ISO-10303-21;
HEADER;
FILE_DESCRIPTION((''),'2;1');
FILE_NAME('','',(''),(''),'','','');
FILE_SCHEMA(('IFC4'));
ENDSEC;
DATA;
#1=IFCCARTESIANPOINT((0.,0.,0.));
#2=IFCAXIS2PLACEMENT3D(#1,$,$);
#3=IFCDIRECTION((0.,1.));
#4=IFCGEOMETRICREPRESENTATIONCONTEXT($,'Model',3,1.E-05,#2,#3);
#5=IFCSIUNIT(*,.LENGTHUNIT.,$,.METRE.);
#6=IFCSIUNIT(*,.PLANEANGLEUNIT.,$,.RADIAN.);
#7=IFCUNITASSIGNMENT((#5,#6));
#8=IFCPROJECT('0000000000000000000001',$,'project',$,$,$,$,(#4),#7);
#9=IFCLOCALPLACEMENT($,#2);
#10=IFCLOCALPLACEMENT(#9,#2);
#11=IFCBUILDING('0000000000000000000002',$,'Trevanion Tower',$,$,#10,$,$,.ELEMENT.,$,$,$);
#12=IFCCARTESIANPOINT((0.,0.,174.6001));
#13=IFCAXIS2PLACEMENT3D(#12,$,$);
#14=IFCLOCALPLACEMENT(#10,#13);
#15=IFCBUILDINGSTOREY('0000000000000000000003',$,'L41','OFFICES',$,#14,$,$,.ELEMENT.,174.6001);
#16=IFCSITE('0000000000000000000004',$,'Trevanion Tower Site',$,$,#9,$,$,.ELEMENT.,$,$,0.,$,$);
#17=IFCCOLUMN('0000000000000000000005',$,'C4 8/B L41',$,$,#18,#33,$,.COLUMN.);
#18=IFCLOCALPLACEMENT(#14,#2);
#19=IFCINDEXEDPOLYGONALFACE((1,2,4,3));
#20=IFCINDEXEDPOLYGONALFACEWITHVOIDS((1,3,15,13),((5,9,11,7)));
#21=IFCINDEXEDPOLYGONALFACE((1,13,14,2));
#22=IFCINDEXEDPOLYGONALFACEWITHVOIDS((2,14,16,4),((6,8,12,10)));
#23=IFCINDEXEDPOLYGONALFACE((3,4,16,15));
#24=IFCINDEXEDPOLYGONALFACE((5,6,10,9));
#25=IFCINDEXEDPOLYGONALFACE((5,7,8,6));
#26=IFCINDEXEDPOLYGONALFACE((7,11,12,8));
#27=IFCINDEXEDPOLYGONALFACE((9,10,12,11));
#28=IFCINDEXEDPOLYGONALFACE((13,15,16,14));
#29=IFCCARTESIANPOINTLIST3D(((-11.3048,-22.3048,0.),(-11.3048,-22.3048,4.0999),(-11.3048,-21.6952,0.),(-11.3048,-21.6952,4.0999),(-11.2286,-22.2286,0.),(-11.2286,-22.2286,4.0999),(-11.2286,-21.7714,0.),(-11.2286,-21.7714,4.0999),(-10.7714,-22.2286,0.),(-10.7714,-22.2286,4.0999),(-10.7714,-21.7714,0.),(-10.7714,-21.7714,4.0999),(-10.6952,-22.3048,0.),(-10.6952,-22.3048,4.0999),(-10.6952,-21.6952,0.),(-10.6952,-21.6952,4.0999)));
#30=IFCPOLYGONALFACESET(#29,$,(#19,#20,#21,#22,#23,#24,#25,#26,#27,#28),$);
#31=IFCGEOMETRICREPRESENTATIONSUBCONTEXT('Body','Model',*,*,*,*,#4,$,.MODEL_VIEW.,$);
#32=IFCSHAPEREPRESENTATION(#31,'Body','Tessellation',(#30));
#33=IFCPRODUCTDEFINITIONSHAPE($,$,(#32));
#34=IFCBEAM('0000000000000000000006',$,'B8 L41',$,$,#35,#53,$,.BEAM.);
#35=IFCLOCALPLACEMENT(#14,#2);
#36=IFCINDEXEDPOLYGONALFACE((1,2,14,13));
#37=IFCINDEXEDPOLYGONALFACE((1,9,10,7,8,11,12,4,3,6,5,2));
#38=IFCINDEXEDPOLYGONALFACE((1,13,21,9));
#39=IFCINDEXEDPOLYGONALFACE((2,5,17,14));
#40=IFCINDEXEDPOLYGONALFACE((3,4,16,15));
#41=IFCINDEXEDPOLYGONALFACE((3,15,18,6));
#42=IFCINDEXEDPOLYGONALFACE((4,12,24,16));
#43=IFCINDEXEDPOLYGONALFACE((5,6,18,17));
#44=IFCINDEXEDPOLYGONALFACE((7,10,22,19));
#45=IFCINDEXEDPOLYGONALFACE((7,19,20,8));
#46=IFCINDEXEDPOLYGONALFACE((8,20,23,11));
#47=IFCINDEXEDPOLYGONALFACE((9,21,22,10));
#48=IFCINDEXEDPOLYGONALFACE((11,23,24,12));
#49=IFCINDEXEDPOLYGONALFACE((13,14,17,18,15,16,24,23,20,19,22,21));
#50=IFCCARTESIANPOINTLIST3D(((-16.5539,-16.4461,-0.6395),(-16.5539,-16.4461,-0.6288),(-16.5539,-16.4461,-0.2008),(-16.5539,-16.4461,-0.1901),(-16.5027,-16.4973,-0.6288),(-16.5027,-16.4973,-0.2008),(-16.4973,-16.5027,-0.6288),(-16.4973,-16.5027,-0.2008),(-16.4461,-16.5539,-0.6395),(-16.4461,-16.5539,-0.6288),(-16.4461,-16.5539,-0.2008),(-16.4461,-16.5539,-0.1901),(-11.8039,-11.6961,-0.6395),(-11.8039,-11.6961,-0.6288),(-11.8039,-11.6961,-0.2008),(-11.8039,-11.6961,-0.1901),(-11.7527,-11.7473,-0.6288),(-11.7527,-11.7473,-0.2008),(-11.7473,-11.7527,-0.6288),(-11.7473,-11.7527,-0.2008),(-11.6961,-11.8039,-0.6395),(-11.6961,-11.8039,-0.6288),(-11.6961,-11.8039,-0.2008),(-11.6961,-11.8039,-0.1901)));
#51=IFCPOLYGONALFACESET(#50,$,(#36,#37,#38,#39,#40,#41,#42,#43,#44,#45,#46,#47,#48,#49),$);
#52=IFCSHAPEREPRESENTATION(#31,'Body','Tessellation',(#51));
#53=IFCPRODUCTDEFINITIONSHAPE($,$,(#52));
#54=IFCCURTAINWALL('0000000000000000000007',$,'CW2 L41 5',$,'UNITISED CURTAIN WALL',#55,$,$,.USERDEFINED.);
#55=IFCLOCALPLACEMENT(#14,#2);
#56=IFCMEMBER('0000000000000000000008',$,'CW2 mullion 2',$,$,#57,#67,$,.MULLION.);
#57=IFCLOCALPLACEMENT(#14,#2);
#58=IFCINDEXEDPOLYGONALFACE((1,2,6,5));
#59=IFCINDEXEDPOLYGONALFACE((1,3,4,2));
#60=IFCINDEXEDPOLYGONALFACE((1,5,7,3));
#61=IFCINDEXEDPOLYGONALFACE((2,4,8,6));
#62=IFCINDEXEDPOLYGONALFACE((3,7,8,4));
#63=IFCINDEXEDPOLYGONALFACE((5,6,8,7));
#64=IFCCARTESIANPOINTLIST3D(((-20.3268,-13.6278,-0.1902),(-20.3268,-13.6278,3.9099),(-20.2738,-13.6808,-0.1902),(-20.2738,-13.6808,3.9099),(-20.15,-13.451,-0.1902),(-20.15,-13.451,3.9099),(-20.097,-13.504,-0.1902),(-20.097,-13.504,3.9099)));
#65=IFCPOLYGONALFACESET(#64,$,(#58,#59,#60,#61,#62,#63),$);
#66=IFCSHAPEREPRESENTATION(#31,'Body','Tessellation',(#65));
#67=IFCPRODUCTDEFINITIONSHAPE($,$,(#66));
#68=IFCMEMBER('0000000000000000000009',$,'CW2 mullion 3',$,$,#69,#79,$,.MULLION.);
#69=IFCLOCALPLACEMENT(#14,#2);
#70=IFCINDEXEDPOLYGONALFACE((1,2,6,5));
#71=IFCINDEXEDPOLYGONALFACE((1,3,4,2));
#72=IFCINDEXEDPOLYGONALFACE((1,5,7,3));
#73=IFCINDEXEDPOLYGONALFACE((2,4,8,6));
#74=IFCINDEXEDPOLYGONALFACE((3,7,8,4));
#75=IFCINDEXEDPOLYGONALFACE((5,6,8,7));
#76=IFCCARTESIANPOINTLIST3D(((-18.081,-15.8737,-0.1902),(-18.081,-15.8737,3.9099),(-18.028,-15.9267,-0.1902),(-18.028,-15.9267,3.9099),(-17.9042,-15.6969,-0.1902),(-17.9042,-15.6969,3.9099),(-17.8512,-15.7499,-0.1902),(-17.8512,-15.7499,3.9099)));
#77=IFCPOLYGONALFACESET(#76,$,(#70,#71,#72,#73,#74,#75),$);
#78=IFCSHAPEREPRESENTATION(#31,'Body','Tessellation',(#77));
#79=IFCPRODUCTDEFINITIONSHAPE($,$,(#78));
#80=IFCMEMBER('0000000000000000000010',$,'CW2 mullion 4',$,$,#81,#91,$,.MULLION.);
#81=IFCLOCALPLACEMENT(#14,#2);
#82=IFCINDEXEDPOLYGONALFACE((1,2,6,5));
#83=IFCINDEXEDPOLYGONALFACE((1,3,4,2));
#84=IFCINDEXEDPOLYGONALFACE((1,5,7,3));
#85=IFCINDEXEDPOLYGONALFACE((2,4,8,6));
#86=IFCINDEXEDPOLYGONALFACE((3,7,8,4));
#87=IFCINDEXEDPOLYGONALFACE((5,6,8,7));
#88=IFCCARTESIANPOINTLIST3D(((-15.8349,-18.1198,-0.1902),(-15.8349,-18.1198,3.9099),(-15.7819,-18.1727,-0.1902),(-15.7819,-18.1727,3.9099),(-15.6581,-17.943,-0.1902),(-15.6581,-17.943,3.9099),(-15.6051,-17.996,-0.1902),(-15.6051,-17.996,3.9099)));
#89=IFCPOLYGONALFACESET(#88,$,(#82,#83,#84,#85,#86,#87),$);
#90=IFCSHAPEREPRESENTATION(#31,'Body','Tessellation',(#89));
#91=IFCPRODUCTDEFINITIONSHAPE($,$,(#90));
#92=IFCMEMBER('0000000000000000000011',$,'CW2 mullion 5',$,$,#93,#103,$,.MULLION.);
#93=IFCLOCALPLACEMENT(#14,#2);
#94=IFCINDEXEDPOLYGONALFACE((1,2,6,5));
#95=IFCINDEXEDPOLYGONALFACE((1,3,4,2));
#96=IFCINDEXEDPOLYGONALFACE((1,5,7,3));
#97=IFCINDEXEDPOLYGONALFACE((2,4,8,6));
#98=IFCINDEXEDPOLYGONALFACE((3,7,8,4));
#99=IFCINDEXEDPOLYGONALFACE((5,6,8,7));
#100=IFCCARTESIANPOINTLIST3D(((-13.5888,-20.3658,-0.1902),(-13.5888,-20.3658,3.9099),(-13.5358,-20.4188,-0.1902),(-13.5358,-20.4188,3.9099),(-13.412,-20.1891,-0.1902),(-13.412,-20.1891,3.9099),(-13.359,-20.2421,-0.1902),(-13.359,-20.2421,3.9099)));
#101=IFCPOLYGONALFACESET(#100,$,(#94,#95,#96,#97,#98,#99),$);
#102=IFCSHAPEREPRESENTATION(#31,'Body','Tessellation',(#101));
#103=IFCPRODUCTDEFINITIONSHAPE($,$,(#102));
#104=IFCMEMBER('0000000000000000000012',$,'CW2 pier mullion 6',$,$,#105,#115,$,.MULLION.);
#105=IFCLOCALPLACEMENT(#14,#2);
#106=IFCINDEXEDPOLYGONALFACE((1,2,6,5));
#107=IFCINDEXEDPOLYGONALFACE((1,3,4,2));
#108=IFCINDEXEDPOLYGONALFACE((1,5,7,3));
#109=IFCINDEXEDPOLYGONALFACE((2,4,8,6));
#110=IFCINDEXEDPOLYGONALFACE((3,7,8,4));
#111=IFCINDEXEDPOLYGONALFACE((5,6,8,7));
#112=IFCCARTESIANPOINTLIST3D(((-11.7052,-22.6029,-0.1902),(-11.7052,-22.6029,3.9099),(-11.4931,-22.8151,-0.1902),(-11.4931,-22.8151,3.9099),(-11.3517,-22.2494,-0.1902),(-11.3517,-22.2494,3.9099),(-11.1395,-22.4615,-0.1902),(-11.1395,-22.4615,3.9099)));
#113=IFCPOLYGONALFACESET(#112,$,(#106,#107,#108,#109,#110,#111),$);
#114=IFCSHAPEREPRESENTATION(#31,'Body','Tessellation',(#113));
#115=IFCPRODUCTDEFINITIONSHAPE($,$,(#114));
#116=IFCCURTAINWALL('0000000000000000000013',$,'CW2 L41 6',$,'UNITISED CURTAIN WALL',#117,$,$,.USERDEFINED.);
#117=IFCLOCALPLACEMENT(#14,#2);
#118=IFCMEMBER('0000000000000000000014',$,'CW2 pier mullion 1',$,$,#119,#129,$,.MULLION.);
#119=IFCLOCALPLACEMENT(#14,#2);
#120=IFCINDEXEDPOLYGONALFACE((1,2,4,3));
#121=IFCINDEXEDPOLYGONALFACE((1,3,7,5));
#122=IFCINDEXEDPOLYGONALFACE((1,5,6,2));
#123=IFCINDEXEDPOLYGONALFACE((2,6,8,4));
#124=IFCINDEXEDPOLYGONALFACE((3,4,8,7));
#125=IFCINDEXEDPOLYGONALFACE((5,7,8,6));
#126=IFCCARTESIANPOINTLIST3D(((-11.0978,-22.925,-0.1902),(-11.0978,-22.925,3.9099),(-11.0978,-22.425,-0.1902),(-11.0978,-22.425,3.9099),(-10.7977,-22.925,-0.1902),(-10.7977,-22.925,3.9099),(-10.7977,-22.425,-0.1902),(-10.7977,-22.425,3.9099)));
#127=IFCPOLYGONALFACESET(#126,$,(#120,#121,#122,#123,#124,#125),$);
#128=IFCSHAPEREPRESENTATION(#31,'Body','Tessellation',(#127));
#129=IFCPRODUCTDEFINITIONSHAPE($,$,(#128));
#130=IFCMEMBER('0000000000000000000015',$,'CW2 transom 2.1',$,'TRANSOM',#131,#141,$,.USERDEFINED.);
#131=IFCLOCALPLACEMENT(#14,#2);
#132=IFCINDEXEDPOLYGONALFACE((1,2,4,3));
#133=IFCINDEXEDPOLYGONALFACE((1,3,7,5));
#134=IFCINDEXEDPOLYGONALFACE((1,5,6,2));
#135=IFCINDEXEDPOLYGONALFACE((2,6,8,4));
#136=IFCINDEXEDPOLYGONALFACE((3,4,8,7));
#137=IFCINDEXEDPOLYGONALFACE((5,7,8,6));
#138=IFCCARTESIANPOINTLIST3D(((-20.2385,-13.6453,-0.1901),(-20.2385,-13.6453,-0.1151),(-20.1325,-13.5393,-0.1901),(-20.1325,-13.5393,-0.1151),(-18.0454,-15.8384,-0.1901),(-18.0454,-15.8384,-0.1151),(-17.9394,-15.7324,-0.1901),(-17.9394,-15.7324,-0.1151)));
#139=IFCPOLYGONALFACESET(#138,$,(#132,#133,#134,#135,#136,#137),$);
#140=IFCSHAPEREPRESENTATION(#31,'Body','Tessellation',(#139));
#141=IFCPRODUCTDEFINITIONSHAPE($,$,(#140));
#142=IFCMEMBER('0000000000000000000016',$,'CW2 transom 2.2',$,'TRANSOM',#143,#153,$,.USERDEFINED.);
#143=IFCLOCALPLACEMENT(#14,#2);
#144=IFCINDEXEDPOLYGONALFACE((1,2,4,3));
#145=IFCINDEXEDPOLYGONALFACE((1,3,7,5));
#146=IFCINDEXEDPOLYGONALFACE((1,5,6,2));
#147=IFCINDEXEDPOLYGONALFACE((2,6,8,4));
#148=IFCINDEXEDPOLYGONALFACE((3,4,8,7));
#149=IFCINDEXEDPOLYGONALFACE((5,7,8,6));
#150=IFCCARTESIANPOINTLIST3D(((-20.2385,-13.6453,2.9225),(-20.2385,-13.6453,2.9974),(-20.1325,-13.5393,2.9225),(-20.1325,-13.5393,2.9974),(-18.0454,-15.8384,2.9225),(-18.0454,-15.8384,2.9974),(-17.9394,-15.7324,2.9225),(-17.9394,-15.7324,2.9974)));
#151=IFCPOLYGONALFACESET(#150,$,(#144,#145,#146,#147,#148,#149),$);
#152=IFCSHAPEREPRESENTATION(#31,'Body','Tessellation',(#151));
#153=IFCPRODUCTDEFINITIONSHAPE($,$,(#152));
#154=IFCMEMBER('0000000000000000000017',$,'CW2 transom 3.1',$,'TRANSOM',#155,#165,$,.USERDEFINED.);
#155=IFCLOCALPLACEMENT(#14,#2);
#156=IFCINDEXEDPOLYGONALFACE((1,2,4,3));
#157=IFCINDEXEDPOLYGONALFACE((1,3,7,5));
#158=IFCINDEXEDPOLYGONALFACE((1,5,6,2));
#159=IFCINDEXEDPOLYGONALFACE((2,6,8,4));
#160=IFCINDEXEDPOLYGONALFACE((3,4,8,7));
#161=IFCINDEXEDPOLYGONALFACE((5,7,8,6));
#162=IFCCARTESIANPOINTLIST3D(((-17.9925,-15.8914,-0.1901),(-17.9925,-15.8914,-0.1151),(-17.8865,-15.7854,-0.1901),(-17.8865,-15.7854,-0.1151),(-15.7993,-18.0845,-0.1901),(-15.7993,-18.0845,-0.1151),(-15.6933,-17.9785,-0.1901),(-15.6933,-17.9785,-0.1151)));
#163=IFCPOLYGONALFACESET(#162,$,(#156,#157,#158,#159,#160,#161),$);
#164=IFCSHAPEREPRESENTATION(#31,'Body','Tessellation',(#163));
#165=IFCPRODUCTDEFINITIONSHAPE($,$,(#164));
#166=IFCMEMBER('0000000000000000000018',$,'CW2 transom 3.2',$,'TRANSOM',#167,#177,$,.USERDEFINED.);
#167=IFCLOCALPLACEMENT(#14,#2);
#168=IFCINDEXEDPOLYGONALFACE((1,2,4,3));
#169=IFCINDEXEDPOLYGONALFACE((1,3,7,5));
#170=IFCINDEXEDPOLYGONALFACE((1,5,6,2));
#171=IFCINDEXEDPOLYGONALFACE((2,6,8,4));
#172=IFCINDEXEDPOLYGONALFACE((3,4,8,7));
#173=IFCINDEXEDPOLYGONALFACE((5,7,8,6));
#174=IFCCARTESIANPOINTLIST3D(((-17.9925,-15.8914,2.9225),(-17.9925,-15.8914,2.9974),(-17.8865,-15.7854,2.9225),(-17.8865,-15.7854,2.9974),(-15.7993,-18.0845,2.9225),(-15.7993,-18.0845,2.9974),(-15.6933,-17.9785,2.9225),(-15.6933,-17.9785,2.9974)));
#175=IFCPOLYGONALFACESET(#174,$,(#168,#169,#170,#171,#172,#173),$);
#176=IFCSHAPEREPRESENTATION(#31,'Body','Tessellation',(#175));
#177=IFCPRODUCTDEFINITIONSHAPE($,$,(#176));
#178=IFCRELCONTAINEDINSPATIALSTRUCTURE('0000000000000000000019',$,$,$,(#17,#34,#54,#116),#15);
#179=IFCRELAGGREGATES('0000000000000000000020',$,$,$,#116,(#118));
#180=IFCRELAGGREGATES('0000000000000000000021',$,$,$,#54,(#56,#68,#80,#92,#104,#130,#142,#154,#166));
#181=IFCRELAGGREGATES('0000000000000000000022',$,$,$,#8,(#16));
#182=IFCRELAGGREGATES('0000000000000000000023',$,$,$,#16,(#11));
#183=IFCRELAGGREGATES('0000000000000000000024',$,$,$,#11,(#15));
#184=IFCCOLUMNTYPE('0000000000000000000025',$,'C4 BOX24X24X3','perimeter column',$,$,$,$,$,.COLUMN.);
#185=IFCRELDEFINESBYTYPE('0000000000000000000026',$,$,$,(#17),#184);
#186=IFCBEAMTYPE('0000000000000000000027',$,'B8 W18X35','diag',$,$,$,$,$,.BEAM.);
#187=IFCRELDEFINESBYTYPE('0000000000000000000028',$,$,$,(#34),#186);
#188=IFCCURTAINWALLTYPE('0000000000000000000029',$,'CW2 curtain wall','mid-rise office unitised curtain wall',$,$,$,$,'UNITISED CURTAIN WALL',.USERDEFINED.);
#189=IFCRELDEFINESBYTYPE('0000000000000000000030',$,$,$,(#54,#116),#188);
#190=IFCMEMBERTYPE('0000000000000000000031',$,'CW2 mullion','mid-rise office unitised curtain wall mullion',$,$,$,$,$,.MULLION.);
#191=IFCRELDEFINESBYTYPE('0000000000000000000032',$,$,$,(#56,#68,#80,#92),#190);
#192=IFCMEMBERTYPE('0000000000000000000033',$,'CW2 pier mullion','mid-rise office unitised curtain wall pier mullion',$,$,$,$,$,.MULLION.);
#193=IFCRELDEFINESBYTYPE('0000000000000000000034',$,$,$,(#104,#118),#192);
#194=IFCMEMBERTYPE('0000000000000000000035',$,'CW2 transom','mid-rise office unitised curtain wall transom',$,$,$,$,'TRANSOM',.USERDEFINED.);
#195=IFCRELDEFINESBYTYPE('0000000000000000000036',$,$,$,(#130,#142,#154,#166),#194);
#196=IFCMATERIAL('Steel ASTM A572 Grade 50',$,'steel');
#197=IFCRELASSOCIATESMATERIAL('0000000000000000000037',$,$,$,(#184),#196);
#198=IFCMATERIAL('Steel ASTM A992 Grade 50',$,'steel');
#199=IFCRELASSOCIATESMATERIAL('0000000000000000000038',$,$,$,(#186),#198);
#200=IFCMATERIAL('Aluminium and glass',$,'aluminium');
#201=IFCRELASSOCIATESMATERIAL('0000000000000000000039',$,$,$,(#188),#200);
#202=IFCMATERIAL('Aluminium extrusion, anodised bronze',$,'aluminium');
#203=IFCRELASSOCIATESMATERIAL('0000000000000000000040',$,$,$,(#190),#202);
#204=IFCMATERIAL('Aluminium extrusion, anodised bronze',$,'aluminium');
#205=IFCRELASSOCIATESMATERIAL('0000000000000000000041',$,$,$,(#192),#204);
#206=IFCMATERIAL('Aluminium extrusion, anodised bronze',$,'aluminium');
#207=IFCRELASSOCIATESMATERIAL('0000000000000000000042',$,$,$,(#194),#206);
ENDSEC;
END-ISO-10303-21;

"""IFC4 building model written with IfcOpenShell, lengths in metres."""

from ifc_helpers import new_model, si_unit, direction, frame, origin, origin_2d, place, context, subcontext, project, spatial, rectangle, hollow_rectangle, i_section, extrude, material, material_profile, profile_set, type_object, element, aggregate, save


model = new_model("IFC4")

# Units and contexts
model_context = context("Model", 3, precision=1e-05, world=origin(), true_north=direction((0.0, 1.0)))
body_context = subcontext(model_context, "Body", "Model", "MODEL_VIEW")
ifc_project = project(units=[si_unit("LENGTHUNIT", "METRE"), si_unit("PLANEANGLEUNIT", "RADIAN")], contexts=[model_context])

# Site, building, storey
site_placement = place(None, origin())
site = spatial("IfcSite", under=ifc_project, at=site_placement, Name="Trevanion Tower Site", CompositionType="ELEMENT", RefElevation=0.0)
building_placement = place(site_placement, origin())
building = spatial("IfcBuilding", under=site, at=building_placement, Name="Trevanion Tower", CompositionType="ELEMENT")
storey_placement = place(building_placement, frame((0.0, 0.0, 174.6001)))
storey = spatial("IfcBuildingStorey", under=building, at=storey_placement, Name="L41", Description="OFFICES", CompositionType="ELEMENT", Elevation=174.6001)

# Column
ifc_material_1 = material(Name="Steel ASTM A572 Grade 50", Category="steel")
ifc_material_profile_1 = material_profile(ifc_material_1, hollow_rectangle(XDim=0.6096, YDim=0.6096, WallThickness=0.0762, at=origin_2d()), Name="BOX24X24X3")
ifc_profile_set_1 = profile_set([ifc_material_profile_1], Name="Steel ASTM A572 Grade 50")
column_type = type_object("IfcColumnType", Name="C4 BOX24X24X3", Description="perimeter column", PredefinedType="COLUMN", material=ifc_profile_set_1)
column_placement = place(storey_placement, frame((-11.0, -22.0, 0.0), z_axis=(0.0, 0.0, 1.0), x_axis=(1.0, 0.0, 0.0)))
element("IfcColumn", 1, at=column_placement, inside=storey, type_object=column_type, Name="C4 8/B L41", PredefinedType="COLUMN", context=body_context, shape_type="SweptSolid", body=[
    extrude(hollow_rectangle(XDim=0.6096, YDim=0.6096, WallThickness=0.0762, at=origin_2d()), origin(), (0.0, 0.0, 1.0), 4.0999),
])

# Beam
ifc_material_2 = material(Name="Steel ASTM A992 Grade 50", Category="steel")
ifc_material_profile_2 = material_profile(ifc_material_2, i_section(OverallWidth=0.1523, OverallDepth=0.4495, WebThickness=0.0076, FlangeThickness=0.0107, at=origin_2d()), Name="W18X35")
ifc_profile_set_2 = profile_set([ifc_material_profile_2], Name="Steel ASTM A992 Grade 50")
beam_type_1 = type_object("IfcBeamType", Name="B8 W18X35", Description="diag", PredefinedType="BEAM", material=ifc_profile_set_2)
beam_1_placement = place(storey_placement, frame((-11.75, -11.75, -0.4148), z_axis=(-0.707107, -0.707107, 0.0), x_axis=(0.707107, -0.707107, 0.0)))
element("IfcBeam", 2, at=beam_1_placement, inside=storey, type_object=beam_type_1, Name="B8 L41", PredefinedType="BEAM", context=body_context, shape_type="SweptSolid", body=[
    extrude(i_section(OverallWidth=0.1523, OverallDepth=0.4495, WebThickness=0.0076, FlangeThickness=0.0107, at=origin_2d()), origin(), (0.0, 0.0, 1.0), 6.7175),
])

# Curtain wall, members
ifc_material_3 = material(Name="Aluminium and glass", Category="aluminium")
curtain_wall_type = type_object("IfcCurtainWallType", Name="CW2 curtain wall", Description="mid-rise office unitised curtain wall", ElementType="UNITISED CURTAIN WALL", PredefinedType="USERDEFINED", material=ifc_material_3)
curtain_wall_1_placement = place(storey_placement, origin())
curtain_wall_1 = element("IfcCurtainWall", 3, at=curtain_wall_1_placement, inside=storey, type_object=curtain_wall_type, Name="CW2 L41 5", ObjectType="UNITISED CURTAIN WALL", PredefinedType="USERDEFINED")
ifc_material_4 = material(Name="Aluminium extrusion, anodised bronze", Category="aluminium")
ifc_material_profile_3 = material_profile(ifc_material_4, rectangle(XDim=0.075, YDim=0.25, at=origin_2d()), Name="CW2 mullion")
ifc_profile_set_3 = profile_set([ifc_material_profile_3], Name="Aluminium extrusion, anodised bronze")
member_type_1 = type_object("IfcMemberType", Name="CW2 mullion", Description="mid-rise office unitised curtain wall mullion", PredefinedType="MULLION", material=ifc_profile_set_3)
member_1_placement = place(storey_placement, frame((-20.2119, -13.5659, -0.1902), z_axis=(0.0, 0.0, 1.0), x_axis=(0.707107, -0.707107, 0.0)))
member_1 = element("IfcMember", 4, at=member_1_placement, type_object=member_type_1, Name="CW2 mullion 2", PredefinedType="MULLION", context=body_context, shape_type="SweptSolid", body=[
    extrude(rectangle(XDim=0.075, YDim=0.25, at=origin_2d()), origin(), (0.0, 0.0, 1.0), 4.1001),
])
member_2_placement = place(storey_placement, frame((-17.9661, -15.8118, -0.1902), z_axis=(0.0, 0.0, 1.0), x_axis=(0.707107, -0.707107, 0.0)))
member_2 = element("IfcMember", 5, at=member_2_placement, type_object=member_type_1, Name="CW2 mullion 3", PredefinedType="MULLION", context=body_context, shape_type="SweptSolid", body=[
    extrude(rectangle(XDim=0.075, YDim=0.25, at=origin_2d()), origin(), (0.0, 0.0, 1.0), 4.1001),
])
member_3_placement = place(storey_placement, frame((-15.72, -18.0579, -0.1902), z_axis=(0.0, 0.0, 1.0), x_axis=(0.707107, -0.707107, 0.0)))
member_3 = element("IfcMember", 6, at=member_3_placement, type_object=member_type_1, Name="CW2 mullion 4", PredefinedType="MULLION", context=body_context, shape_type="SweptSolid", body=[
    extrude(rectangle(XDim=0.075, YDim=0.25, at=origin_2d()), origin(), (0.0, 0.0, 1.0), 4.1001),
])
member_4_placement = place(storey_placement, frame((-13.4739, -20.304, -0.1902), z_axis=(0.0, 0.0, 1.0), x_axis=(0.707107, -0.707107, 0.0)))
member_4 = element("IfcMember", 7, at=member_4_placement, type_object=member_type_1, Name="CW2 mullion 5", PredefinedType="MULLION", context=body_context, shape_type="SweptSolid", body=[
    extrude(rectangle(XDim=0.075, YDim=0.25, at=origin_2d()), origin(), (0.0, 0.0, 1.0), 4.1001),
])
ifc_material_5 = material(Name="Aluminium extrusion, anodised bronze", Category="aluminium")
ifc_material_profile_4 = material_profile(ifc_material_5, rectangle(XDim=0.3, YDim=0.5, at=origin_2d()), Name="CW2 pier mullion")
ifc_profile_set_4 = profile_set([ifc_material_profile_4], Name="Aluminium extrusion, anodised bronze")
member_type_2 = type_object("IfcMemberType", Name="CW2 pier mullion", Description="mid-rise office unitised curtain wall pier mullion", PredefinedType="MULLION", material=ifc_profile_set_4)
member_5_placement = place(storey_placement, frame((-11.4224, -22.5322, -0.1902), z_axis=(0.0, 0.0, 1.0), x_axis=(0.707107, -0.707107, 0.0)))
member_5 = element("IfcMember", 8, at=member_5_placement, type_object=member_type_2, Name="CW2 pier mullion 6", PredefinedType="MULLION", context=body_context, shape_type="SweptSolid", body=[
    extrude(rectangle(XDim=0.3, YDim=0.5, at=origin_2d()), origin(), (0.0, 0.0, 1.0), 4.1001),
])

# Curtain wall, member
curtain_wall_2_placement = place(storey_placement, origin())
curtain_wall_2 = element("IfcCurtainWall", 9, at=curtain_wall_2_placement, inside=storey, type_object=curtain_wall_type, Name="CW2 L41 6", ObjectType="UNITISED CURTAIN WALL", PredefinedType="USERDEFINED")
member_6_placement = place(storey_placement, frame((-10.9478, -22.675, -0.1902), z_axis=(0.0, 0.0, 1.0), x_axis=(1.0, 0.0, 0.0)))
member_6 = element("IfcMember", 10, at=member_6_placement, type_object=member_type_2, Name="CW2 pier mullion 1", PredefinedType="MULLION", context=body_context, shape_type="SweptSolid", body=[
    extrude(rectangle(XDim=0.3, YDim=0.5, at=origin_2d()), origin(), (0.0, 0.0, 1.0), 4.1001),
])
aggregate(curtain_wall_2, [member_6])

# Members
ifc_material_6 = material(Name="Aluminium extrusion, anodised bronze", Category="aluminium")
ifc_material_profile_5 = material_profile(ifc_material_6, rectangle(XDim=0.1499, YDim=0.075, at=origin_2d()), Name="CW2 transom")
ifc_profile_set_5 = profile_set([ifc_material_profile_5], Name="Aluminium extrusion, anodised bronze")
member_type_3 = type_object("IfcMemberType", Name="CW2 transom", Description="mid-rise office unitised curtain wall transom", ElementType="TRANSOM", PredefinedType="USERDEFINED", material=ifc_profile_set_5)
member_7_placement = place(storey_placement, frame((-20.1855, -13.5923, -0.1526), z_axis=(0.707107, -0.707107, 0.0), x_axis=(0.707107, 0.707107, 0.0)))
member_7 = element("IfcMember", 11, at=member_7_placement, type_object=member_type_3, Name="CW2 transom 2.1", ObjectType="TRANSOM", PredefinedType="USERDEFINED", context=body_context, shape_type="SweptSolid", body=[
    extrude(rectangle(XDim=0.1499, YDim=0.075, at=origin_2d()), origin(), (0.0, 0.0, 1.0), 3.1016),
])
member_8_placement = place(storey_placement, frame((-20.1855, -13.5923, 2.96), z_axis=(0.707107, -0.707107, 0.0), x_axis=(0.707107, 0.707107, 0.0)))
member_8 = element("IfcMember", 12, at=member_8_placement, type_object=member_type_3, Name="CW2 transom 2.2", ObjectType="TRANSOM", PredefinedType="USERDEFINED", context=body_context, shape_type="SweptSolid", body=[
    extrude(rectangle(XDim=0.1499, YDim=0.075, at=origin_2d()), origin(), (0.0, 0.0, 1.0), 3.1016),
])
member_9_placement = place(storey_placement, frame((-17.9395, -15.8384, -0.1526), z_axis=(0.707107, -0.707107, 0.0), x_axis=(0.707107, 0.707107, 0.0)))
member_9 = element("IfcMember", 13, at=member_9_placement, type_object=member_type_3, Name="CW2 transom 3.1", ObjectType="TRANSOM", PredefinedType="USERDEFINED", context=body_context, shape_type="SweptSolid", body=[
    extrude(rectangle(XDim=0.1499, YDim=0.075, at=origin_2d()), origin(), (0.0, 0.0, 1.0), 3.1016),
])
member_10_placement = place(storey_placement, frame((-17.9395, -15.8384, 2.96), z_axis=(0.707107, -0.707107, 0.0), x_axis=(0.707107, 0.707107, 0.0)))
member_10 = element("IfcMember", 14, at=member_10_placement, type_object=member_type_3, Name="CW2 transom 3.2", ObjectType="TRANSOM", PredefinedType="USERDEFINED", context=body_context, shape_type="SweptSolid", body=[
    extrude(rectangle(XDim=0.1499, YDim=0.075, at=origin_2d()), origin(), (0.0, 0.0, 1.0), 3.1016),
])

aggregate(curtain_wall_1, [member_1, member_2, member_3, member_4, member_5, member_7, member_8, member_9, member_10])

save(model, "model.ifc")
